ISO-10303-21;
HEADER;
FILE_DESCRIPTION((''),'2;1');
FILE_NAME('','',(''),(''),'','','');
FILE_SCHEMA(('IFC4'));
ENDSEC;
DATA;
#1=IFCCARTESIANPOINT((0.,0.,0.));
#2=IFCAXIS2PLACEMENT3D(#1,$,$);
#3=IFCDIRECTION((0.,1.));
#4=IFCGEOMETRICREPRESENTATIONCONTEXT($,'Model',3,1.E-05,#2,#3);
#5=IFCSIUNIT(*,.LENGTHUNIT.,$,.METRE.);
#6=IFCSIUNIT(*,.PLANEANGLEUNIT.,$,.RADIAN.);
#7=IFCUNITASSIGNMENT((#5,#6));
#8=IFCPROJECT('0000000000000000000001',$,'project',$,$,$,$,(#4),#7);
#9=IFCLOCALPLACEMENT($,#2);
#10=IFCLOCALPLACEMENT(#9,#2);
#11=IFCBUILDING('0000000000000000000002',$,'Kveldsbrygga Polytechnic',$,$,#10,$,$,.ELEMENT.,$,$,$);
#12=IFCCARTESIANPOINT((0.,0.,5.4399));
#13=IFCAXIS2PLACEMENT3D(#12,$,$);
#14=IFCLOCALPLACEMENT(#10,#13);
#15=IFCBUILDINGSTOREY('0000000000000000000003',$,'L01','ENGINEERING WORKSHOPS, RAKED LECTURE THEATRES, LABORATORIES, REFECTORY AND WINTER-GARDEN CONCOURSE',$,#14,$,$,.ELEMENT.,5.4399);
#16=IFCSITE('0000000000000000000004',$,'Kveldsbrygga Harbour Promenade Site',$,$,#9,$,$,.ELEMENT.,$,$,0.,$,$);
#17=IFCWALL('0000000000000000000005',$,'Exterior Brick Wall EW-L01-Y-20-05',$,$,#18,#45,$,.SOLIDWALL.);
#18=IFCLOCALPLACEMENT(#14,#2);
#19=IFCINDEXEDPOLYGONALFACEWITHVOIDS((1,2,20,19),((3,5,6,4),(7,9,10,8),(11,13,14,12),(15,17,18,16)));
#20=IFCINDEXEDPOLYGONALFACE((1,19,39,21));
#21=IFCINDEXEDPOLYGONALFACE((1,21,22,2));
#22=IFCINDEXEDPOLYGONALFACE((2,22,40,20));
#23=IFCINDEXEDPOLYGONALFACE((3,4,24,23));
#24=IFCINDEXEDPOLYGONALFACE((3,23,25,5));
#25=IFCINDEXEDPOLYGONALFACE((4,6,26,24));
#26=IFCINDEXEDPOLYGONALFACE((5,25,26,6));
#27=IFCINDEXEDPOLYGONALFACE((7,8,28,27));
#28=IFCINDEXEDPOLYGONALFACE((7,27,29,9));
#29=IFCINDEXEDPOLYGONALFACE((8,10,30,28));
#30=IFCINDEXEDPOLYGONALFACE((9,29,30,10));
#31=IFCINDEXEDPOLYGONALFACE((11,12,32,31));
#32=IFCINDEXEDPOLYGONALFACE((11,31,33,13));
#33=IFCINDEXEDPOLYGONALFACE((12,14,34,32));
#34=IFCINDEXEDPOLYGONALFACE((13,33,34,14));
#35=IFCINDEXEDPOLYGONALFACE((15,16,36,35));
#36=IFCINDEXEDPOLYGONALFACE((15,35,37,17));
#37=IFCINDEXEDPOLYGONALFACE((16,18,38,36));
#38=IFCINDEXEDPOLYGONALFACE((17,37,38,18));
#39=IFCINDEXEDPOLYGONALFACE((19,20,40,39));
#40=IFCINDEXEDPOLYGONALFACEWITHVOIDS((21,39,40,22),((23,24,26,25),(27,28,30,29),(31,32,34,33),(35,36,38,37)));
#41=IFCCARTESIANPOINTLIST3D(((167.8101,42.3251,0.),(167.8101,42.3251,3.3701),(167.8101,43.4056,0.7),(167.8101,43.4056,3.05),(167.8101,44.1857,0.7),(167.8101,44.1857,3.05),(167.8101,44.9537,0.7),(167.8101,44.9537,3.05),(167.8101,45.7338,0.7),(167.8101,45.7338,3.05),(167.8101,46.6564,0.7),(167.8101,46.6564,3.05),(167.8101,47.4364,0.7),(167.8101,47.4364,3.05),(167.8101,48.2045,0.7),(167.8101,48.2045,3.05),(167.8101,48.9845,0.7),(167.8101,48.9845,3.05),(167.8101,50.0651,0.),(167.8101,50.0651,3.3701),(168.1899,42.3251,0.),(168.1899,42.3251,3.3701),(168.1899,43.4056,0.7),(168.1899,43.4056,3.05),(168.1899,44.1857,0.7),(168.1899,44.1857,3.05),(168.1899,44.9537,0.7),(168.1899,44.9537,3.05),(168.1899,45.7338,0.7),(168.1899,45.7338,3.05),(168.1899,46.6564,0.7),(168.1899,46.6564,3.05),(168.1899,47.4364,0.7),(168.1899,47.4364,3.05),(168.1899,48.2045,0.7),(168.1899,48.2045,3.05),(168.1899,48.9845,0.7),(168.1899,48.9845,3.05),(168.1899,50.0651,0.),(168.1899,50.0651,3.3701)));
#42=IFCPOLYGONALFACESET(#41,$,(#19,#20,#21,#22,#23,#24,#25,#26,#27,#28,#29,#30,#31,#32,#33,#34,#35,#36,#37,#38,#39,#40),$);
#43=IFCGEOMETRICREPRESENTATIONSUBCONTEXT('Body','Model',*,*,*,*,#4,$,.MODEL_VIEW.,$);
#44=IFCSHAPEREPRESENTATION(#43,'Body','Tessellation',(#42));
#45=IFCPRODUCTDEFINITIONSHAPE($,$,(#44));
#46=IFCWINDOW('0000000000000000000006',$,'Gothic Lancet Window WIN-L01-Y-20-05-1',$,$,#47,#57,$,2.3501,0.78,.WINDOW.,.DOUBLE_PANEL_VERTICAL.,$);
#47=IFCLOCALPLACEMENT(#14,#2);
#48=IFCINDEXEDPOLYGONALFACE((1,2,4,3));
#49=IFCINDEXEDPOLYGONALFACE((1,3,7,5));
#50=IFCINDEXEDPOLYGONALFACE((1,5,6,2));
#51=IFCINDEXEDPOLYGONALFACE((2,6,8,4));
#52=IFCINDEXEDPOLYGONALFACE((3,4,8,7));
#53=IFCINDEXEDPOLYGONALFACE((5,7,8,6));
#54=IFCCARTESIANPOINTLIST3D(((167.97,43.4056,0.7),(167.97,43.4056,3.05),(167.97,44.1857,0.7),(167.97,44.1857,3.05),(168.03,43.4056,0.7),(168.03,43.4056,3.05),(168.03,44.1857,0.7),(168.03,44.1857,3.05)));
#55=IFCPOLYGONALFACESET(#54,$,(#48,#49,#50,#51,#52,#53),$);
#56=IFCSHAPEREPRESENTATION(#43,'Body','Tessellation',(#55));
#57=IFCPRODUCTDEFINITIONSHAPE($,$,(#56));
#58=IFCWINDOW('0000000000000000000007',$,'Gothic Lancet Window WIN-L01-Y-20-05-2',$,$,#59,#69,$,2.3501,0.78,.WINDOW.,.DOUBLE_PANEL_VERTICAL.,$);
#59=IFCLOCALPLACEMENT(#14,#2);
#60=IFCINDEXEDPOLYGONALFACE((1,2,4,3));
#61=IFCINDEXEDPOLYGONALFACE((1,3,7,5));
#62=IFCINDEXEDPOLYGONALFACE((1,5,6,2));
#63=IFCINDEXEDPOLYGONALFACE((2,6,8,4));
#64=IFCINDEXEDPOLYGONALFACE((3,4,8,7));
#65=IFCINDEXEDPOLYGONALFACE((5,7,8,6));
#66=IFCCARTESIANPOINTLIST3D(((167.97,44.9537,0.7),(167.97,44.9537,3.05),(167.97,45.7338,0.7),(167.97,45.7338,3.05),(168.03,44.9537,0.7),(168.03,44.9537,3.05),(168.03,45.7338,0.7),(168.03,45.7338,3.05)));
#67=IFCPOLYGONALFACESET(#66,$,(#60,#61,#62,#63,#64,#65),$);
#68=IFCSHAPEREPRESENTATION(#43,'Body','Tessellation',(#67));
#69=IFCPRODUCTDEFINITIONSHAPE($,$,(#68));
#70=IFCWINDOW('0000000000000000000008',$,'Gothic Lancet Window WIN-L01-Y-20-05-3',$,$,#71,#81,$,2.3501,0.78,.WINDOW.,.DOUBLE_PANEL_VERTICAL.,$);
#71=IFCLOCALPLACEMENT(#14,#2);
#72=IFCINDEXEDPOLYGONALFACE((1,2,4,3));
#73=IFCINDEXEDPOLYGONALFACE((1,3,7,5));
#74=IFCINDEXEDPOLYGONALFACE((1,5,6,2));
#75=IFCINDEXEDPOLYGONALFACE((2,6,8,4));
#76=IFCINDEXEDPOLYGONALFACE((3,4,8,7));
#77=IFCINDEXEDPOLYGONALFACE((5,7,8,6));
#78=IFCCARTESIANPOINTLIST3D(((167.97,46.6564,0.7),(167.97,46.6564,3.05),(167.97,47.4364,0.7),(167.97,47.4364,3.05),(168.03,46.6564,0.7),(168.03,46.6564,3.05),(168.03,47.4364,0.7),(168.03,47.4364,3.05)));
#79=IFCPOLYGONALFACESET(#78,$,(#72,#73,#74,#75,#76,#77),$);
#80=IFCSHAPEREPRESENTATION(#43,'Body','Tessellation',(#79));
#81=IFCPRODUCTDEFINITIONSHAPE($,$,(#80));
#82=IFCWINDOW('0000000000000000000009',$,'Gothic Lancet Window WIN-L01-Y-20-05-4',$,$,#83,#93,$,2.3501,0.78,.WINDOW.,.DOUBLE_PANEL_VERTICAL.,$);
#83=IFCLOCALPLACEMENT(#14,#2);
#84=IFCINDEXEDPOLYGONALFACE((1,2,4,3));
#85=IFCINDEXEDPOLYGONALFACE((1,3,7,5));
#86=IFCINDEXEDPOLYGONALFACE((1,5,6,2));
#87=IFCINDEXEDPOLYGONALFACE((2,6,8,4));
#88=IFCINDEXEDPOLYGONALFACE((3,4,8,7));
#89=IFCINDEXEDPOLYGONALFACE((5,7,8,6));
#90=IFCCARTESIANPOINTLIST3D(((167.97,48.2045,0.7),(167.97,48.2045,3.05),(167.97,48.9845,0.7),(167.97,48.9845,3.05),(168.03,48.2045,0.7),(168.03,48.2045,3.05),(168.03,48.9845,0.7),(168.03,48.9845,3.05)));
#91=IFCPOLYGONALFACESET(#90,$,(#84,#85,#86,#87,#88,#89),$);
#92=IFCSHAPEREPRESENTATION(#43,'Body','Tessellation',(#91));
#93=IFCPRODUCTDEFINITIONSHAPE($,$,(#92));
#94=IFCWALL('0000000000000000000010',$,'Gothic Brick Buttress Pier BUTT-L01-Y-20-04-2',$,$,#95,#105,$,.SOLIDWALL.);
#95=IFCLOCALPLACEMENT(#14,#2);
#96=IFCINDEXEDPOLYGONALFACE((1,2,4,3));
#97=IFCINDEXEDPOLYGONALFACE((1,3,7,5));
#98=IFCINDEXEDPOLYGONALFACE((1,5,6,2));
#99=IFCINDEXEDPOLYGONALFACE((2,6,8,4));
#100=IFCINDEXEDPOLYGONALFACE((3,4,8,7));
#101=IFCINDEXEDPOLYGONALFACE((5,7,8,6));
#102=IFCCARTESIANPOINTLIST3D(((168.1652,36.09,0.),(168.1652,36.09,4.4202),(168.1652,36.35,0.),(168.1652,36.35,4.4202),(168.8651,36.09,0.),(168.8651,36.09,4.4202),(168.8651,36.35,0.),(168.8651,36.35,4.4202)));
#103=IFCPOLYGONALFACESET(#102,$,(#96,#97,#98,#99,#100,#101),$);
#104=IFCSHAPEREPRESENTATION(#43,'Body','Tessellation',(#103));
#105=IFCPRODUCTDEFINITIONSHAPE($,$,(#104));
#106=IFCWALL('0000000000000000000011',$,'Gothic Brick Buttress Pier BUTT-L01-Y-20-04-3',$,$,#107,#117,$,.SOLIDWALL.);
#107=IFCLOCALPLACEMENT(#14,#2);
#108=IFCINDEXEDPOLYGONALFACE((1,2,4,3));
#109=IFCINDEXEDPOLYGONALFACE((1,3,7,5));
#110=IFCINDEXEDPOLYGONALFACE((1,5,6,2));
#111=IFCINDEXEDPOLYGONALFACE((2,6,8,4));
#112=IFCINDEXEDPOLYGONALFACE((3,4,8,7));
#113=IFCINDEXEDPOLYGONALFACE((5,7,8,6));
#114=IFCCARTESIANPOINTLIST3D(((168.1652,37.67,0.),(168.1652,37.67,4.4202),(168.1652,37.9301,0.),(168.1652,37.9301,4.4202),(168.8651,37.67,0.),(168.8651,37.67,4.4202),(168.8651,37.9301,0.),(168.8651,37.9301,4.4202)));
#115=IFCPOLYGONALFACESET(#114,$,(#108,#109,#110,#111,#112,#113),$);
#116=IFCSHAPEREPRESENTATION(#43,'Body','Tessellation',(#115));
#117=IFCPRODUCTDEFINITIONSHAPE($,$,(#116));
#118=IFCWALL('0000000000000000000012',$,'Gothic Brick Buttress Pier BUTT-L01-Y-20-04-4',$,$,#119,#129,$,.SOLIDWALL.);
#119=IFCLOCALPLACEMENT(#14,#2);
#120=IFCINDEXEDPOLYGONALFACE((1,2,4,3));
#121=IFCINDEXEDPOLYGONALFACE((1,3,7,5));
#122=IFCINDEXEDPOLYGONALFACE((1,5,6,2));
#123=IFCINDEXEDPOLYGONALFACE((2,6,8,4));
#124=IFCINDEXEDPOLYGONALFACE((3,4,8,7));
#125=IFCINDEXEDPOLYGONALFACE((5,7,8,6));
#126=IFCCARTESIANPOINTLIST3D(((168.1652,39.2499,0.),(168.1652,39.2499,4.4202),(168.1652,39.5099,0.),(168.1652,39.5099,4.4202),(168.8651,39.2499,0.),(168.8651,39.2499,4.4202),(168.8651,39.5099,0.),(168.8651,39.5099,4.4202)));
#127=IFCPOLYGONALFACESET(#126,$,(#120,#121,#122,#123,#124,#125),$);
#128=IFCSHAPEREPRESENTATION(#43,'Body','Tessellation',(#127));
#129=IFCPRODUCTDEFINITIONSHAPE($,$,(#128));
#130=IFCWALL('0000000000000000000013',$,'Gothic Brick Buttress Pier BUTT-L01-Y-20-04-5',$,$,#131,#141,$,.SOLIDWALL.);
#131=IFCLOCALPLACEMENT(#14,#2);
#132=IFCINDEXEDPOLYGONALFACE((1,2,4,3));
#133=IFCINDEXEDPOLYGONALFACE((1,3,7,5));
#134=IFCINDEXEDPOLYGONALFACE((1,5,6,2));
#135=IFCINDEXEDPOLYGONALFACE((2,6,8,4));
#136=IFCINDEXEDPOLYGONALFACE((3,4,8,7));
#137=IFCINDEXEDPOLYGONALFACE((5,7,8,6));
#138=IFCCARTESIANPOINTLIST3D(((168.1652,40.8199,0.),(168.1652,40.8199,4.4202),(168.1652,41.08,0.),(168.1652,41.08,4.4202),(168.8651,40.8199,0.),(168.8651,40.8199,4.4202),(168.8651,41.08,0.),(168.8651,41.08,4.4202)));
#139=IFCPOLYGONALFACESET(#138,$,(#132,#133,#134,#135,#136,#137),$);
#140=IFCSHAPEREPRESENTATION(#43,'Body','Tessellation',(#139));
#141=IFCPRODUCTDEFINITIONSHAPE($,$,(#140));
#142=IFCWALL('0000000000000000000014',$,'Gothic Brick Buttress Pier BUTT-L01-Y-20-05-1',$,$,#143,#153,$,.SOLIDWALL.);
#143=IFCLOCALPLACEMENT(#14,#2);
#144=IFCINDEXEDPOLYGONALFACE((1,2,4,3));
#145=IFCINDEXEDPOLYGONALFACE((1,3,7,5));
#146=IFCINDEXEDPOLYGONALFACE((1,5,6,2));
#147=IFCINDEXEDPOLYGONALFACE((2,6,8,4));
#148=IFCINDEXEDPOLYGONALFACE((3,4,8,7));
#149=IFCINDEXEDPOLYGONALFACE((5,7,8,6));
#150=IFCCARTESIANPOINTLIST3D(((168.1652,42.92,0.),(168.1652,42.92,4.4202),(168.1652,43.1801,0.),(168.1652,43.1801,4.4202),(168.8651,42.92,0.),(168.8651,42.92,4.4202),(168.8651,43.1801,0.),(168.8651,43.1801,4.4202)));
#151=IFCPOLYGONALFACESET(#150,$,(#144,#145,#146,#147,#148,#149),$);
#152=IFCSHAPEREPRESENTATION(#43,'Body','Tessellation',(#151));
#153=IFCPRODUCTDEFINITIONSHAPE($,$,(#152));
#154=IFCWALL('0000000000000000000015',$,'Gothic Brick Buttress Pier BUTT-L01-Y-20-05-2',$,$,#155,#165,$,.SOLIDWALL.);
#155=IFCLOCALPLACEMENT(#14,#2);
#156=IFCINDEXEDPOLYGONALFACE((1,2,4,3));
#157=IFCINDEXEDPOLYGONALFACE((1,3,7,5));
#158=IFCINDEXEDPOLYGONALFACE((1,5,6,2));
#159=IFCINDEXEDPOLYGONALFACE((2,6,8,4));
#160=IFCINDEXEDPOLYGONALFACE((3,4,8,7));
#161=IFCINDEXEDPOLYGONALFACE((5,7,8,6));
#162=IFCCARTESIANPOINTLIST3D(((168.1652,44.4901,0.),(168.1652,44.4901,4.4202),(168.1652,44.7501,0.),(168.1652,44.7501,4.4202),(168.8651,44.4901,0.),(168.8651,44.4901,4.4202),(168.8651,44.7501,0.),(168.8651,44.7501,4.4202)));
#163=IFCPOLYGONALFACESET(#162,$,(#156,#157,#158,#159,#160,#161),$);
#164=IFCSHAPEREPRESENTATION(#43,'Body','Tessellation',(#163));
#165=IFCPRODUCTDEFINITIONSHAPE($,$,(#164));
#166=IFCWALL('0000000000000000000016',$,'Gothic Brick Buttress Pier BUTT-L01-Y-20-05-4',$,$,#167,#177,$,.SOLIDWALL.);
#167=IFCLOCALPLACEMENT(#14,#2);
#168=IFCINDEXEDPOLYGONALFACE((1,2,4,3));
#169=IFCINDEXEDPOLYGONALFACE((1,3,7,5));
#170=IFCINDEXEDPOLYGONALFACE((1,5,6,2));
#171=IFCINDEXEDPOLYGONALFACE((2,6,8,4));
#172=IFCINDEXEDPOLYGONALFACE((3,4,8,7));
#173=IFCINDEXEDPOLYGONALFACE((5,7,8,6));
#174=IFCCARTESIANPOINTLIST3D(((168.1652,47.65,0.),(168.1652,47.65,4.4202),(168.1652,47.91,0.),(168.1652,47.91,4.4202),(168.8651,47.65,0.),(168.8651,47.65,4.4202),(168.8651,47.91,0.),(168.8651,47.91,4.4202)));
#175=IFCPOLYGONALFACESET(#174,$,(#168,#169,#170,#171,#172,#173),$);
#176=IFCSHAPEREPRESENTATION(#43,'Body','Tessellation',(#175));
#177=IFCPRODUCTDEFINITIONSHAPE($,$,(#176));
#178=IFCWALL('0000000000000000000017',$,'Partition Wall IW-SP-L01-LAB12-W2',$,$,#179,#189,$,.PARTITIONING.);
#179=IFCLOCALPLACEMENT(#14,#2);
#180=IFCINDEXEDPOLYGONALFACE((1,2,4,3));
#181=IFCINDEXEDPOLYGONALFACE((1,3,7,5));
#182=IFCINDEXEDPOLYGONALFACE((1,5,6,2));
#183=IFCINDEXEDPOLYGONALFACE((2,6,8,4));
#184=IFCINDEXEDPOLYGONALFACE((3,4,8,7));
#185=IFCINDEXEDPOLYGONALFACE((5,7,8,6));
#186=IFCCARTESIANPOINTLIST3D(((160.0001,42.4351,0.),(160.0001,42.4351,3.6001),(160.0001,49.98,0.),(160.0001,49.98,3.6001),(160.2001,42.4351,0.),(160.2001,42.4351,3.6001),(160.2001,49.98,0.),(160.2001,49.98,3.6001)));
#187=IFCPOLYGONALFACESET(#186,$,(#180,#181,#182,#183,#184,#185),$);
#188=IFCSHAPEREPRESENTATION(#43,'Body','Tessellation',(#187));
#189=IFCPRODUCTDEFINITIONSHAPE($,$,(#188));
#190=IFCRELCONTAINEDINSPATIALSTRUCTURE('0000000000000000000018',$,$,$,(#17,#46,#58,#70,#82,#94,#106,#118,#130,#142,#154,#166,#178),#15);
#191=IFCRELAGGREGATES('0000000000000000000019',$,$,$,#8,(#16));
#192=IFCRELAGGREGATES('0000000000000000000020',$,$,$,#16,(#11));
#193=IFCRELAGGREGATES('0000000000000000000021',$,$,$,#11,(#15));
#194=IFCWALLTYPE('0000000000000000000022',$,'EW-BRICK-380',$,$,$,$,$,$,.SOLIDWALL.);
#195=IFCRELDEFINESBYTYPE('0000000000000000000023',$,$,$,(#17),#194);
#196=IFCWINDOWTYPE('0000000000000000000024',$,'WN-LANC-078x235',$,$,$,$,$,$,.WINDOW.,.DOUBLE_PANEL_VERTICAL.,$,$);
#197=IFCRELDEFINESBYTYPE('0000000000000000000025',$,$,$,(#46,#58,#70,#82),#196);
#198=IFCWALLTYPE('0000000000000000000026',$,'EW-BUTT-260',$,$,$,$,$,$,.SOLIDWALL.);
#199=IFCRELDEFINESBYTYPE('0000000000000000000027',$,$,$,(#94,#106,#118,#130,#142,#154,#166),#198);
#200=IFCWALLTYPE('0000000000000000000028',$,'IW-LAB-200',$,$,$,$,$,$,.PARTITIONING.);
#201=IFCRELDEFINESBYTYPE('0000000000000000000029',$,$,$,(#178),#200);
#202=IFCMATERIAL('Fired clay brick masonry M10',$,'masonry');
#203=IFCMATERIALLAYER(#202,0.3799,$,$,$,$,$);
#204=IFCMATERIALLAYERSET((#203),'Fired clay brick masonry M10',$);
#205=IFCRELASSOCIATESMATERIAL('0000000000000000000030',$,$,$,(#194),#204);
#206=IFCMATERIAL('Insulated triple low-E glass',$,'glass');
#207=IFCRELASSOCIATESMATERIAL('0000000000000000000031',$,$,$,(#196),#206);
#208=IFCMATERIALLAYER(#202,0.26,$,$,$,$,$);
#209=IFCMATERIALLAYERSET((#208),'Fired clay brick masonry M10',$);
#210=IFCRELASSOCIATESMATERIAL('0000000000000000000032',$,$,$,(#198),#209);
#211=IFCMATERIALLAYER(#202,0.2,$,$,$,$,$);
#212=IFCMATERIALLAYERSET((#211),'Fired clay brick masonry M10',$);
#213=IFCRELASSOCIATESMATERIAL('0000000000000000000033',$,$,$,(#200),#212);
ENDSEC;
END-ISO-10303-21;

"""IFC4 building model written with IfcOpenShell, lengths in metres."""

from ifc_helpers import new_model, si_unit, direction, frame, frame_2d, origin, place, context, subcontext, project, spatial, rectangle, extrude, material, layer, layer_set, type_object, element, fill, save


model = new_model("IFC4")

# Units and contexts
model_context = context("Model", 3, precision=1e-05, world=origin(), true_north=direction((0.0, 1.0)))
body_context = subcontext(model_context, "Body", "Model", "MODEL_VIEW")
ifc_project = project(units=[si_unit("LENGTHUNIT", "METRE"), si_unit("PLANEANGLEUNIT", "RADIAN")], contexts=[model_context])

# Site, building, storey
site_placement = place(None, origin())
site = spatial("IfcSite", under=ifc_project, at=site_placement, Name="Kveldsbrygga Harbour Promenade Site", CompositionType="ELEMENT", RefElevation=0.0)
building_placement = place(site_placement, origin())
building = spatial("IfcBuilding", under=site, at=building_placement, Name="Kveldsbrygga Polytechnic", CompositionType="ELEMENT")
storey_placement = place(building_placement, frame((0.0, 0.0, 5.4399)))
storey = spatial("IfcBuildingStorey", under=building, at=storey_placement, Name="L01", Description="ENGINEERING WORKSHOPS, RAKED LECTURE THEATRES, LABORATORIES, REFECTORY AND WINTER-GARDEN CONCOURSE", CompositionType="ELEMENT", Elevation=5.4399)

# Wall, openings, windows
ifc_material_1 = material(Name="Fired clay brick masonry M10", Category="masonry")
ifc_layer_1 = layer(ifc_material_1, 0.3799)
ifc_layer_set_1 = layer_set([ifc_layer_1], Name="Fired clay brick masonry M10")
wall_type_1 = type_object("IfcWallType", Name="EW-BRICK-380", PredefinedType="SOLIDWALL", material=ifc_layer_set_1)
wall_1_placement = place(storey_placement, frame((168.0, 42.325, 0.0), z_axis=(0.0, 0.0, 1.0), x_axis=(0.0, 1.0, 0.0)))
wall_1 = element("IfcWall", 1, at=wall_1_placement, inside=storey, type_object=wall_type_1, Name="Exterior Brick Wall EW-L01-Y-20-05", PredefinedType="SOLIDWALL", context=body_context, shape_type="SweptSolid", body=[
    extrude(rectangle(XDim=7.74, YDim=0.3799, at=frame_2d((3.8701, 0.0))), origin(), (0.0, 0.0, 1.0), 3.3701),
])
opening_1_placement = place(wall_1_placement, frame((1.0806, 0.0, 0.7)))
opening_1 = element("IfcOpeningElement", 2, at=opening_1_placement, cuts=wall_1, PredefinedType="OPENING", context=body_context, shape_type="SweptSolid", body=[
    extrude(rectangle(XDim=0.78, YDim=2.3501, at=frame_2d((0.3901, 1.175))), frame((0.0, 0.2, 0.0), z_axis=(0.0, -1.0, 0.0), x_axis=(1.0, 0.0, 0.0)), (0.0, 0.0, 1.0), 0.3999),
])
opening_2_placement = place(wall_1_placement, frame((2.6287, 0.0, 0.7)))
opening_2 = element("IfcOpeningElement", 3, at=opening_2_placement, cuts=wall_1, PredefinedType="OPENING", context=body_context, shape_type="SweptSolid", body=[
    extrude(rectangle(XDim=0.78, YDim=2.3501, at=frame_2d((0.3901, 1.175))), frame((0.0, 0.2, 0.0), z_axis=(0.0, -1.0, 0.0), x_axis=(1.0, 0.0, 0.0)), (0.0, 0.0, 1.0), 0.3999),
])
opening_3_placement = place(wall_1_placement, frame((4.3313, 0.0, 0.7)))
opening_3 = element("IfcOpeningElement", 4, at=opening_3_placement, cuts=wall_1, PredefinedType="OPENING", context=body_context, shape_type="SweptSolid", body=[
    extrude(rectangle(XDim=0.78, YDim=2.3501, at=frame_2d((0.3901, 1.175))), frame((0.0, 0.2, 0.0), z_axis=(0.0, -1.0, 0.0), x_axis=(1.0, 0.0, 0.0)), (0.0, 0.0, 1.0), 0.3999),
])
opening_4_placement = place(wall_1_placement, frame((5.8794, 0.0, 0.7)))
opening_4 = element("IfcOpeningElement", 5, at=opening_4_placement, cuts=wall_1, PredefinedType="OPENING", context=body_context, shape_type="SweptSolid", body=[
    extrude(rectangle(XDim=0.78, YDim=2.3501, at=frame_2d((0.3901, 1.175))), frame((0.0, 0.2, 0.0), z_axis=(0.0, -1.0, 0.0), x_axis=(1.0, 0.0, 0.0)), (0.0, 0.0, 1.0), 0.3999),
])
ifc_material_2 = material(Name="Insulated triple low-E glass", Category="glass")
window_type = type_object("IfcWindowType", Name="WN-LANC-078x235", PartitioningType="DOUBLE_PANEL_VERTICAL", PredefinedType="WINDOW", material=ifc_material_2)
window_1_placement = place(opening_1_placement, origin())
window_1 = element("IfcWindow", 6, at=window_1_placement, inside=storey, type_object=window_type, Name="Gothic Lancet Window WIN-L01-Y-20-05-1", OverallHeight=2.3501, OverallWidth=0.78, PartitioningType="DOUBLE_PANEL_VERTICAL", PredefinedType="WINDOW", context=body_context, shape_type="SweptSolid", body=[
    extrude(rectangle(XDim=0.78, YDim=2.3501, at=frame_2d((0.3901, 1.175))), frame((0.0, 0.03, 0.0), z_axis=(0.0, -1.0, 0.0), x_axis=(1.0, 0.0, 0.0)), (0.0, 0.0, 1.0), 0.0601),
])
fill(opening_1, window_1)
window_2_placement = place(opening_2_placement, origin())
window_2 = element("IfcWindow", 7, at=window_2_placement, inside=storey, type_object=window_type, Name="Gothic Lancet Window WIN-L01-Y-20-05-2", OverallHeight=2.3501, OverallWidth=0.78, PartitioningType="DOUBLE_PANEL_VERTICAL", PredefinedType="WINDOW", context=body_context, shape_type="SweptSolid", body=[
    extrude(rectangle(XDim=0.78, YDim=2.3501, at=frame_2d((0.3901, 1.175))), frame((0.0, 0.03, 0.0), z_axis=(0.0, -1.0, 0.0), x_axis=(1.0, 0.0, 0.0)), (0.0, 0.0, 1.0), 0.0601),
])
fill(opening_2, window_2)
window_3_placement = place(opening_3_placement, origin())
window_3 = element("IfcWindow", 8, at=window_3_placement, inside=storey, type_object=window_type, Name="Gothic Lancet Window WIN-L01-Y-20-05-3", OverallHeight=2.3501, OverallWidth=0.78, PartitioningType="DOUBLE_PANEL_VERTICAL", PredefinedType="WINDOW", context=body_context, shape_type="SweptSolid", body=[
    extrude(rectangle(XDim=0.78, YDim=2.3501, at=frame_2d((0.3901, 1.175))), frame((0.0, 0.03, 0.0), z_axis=(0.0, -1.0, 0.0), x_axis=(1.0, 0.0, 0.0)), (0.0, 0.0, 1.0), 0.0601),
])
fill(opening_3, window_3)
window_4_placement = place(opening_4_placement, origin())
window_4 = element("IfcWindow", 9, at=window_4_placement, inside=storey, type_object=window_type, Name="Gothic Lancet Window WIN-L01-Y-20-05-4", OverallHeight=2.3501, OverallWidth=0.78, PartitioningType="DOUBLE_PANEL_VERTICAL", PredefinedType="WINDOW", context=body_context, shape_type="SweptSolid", body=[
    extrude(rectangle(XDim=0.78, YDim=2.3501, at=frame_2d((0.3901, 1.175))), frame((0.0, 0.03, 0.0), z_axis=(0.0, -1.0, 0.0), x_axis=(1.0, 0.0, 0.0)), (0.0, 0.0, 1.0), 0.0601),
])
fill(opening_4, window_4)

# Walls
ifc_layer_2 = layer(ifc_material_1, 0.26)
ifc_layer_set_2 = layer_set([ifc_layer_2], Name="Fired clay brick masonry M10")
wall_type_2 = type_object("IfcWallType", Name="EW-BUTT-260", PredefinedType="SOLIDWALL", material=ifc_layer_set_2)
for number, where, z_axis, x_axis, name in (
    (10, (168.165, 36.22, 0.0), (0.0, 0.0, 1.0), (1.0, 0.0, 0.0), "Gothic Brick Buttress Pier BUTT-L01-Y-20-04-2"),
    (11, (168.165, 37.8, 0.0), (0.0, 0.0, 1.0), (1.0, 0.0, 0.0), "Gothic Brick Buttress Pier BUTT-L01-Y-20-04-3"),
    (12, (168.165, 39.3799, 0.0), (0.0, 0.0, 1.0), (1.0, 0.0, 0.0), "Gothic Brick Buttress Pier BUTT-L01-Y-20-04-4"),
    (13, (168.165, 40.95, 0.0), (0.0, 0.0, 1.0), (1.0, 0.0, 0.0), "Gothic Brick Buttress Pier BUTT-L01-Y-20-04-5"),
    (14, (168.165, 43.05, 0.0), (0.0, 0.0, 1.0), (1.0, 0.0, 0.0), "Gothic Brick Buttress Pier BUTT-L01-Y-20-05-1"),
    (15, (168.165, 44.6201, 0.0), (0.0, 0.0, 1.0), (1.0, 0.0, 0.0), "Gothic Brick Buttress Pier BUTT-L01-Y-20-05-2"),
    (16, (168.165, 47.78, 0.0), (0.0, 0.0, 1.0), (1.0, 0.0, 0.0), "Gothic Brick Buttress Pier BUTT-L01-Y-20-05-4"),
):
    element("IfcWall", number, at=place(storey_placement, frame(where, z_axis=z_axis, x_axis=x_axis)), inside=storey, type_object=wall_type_2, Name=name, PredefinedType="SOLIDWALL", context=body_context, shape_type="SweptSolid", body=[
        extrude(rectangle(XDim=0.7, YDim=0.26, at=frame_2d((0.3501, 0.0))), origin(), (0.0, 0.0, 1.0), 4.4202),
    ])
ifc_layer_3 = layer(ifc_material_1, 0.2)
ifc_layer_set_3 = layer_set([ifc_layer_3], Name="Fired clay brick masonry M10")
wall_type_3 = type_object("IfcWallType", Name="IW-LAB-200", PredefinedType="PARTITIONING", material=ifc_layer_set_3)
wall_2_placement = place(storey_placement, frame((160.1001, 42.4351, 0.0), z_axis=(0.0, 0.0, 1.0), x_axis=(0.0, 1.0, 0.0)))
element("IfcWall", 17, at=wall_2_placement, inside=storey, type_object=wall_type_3, Name="Partition Wall IW-SP-L01-LAB12-W2", PredefinedType="PARTITIONING", context=body_context, shape_type="SweptSolid", body=[
    extrude(rectangle(XDim=7.5449, YDim=0.2, at=frame_2d((3.7725, 0.0))), origin(), (0.0, 0.0, 1.0), 3.6001),
])

save(model, "model.ifc")
